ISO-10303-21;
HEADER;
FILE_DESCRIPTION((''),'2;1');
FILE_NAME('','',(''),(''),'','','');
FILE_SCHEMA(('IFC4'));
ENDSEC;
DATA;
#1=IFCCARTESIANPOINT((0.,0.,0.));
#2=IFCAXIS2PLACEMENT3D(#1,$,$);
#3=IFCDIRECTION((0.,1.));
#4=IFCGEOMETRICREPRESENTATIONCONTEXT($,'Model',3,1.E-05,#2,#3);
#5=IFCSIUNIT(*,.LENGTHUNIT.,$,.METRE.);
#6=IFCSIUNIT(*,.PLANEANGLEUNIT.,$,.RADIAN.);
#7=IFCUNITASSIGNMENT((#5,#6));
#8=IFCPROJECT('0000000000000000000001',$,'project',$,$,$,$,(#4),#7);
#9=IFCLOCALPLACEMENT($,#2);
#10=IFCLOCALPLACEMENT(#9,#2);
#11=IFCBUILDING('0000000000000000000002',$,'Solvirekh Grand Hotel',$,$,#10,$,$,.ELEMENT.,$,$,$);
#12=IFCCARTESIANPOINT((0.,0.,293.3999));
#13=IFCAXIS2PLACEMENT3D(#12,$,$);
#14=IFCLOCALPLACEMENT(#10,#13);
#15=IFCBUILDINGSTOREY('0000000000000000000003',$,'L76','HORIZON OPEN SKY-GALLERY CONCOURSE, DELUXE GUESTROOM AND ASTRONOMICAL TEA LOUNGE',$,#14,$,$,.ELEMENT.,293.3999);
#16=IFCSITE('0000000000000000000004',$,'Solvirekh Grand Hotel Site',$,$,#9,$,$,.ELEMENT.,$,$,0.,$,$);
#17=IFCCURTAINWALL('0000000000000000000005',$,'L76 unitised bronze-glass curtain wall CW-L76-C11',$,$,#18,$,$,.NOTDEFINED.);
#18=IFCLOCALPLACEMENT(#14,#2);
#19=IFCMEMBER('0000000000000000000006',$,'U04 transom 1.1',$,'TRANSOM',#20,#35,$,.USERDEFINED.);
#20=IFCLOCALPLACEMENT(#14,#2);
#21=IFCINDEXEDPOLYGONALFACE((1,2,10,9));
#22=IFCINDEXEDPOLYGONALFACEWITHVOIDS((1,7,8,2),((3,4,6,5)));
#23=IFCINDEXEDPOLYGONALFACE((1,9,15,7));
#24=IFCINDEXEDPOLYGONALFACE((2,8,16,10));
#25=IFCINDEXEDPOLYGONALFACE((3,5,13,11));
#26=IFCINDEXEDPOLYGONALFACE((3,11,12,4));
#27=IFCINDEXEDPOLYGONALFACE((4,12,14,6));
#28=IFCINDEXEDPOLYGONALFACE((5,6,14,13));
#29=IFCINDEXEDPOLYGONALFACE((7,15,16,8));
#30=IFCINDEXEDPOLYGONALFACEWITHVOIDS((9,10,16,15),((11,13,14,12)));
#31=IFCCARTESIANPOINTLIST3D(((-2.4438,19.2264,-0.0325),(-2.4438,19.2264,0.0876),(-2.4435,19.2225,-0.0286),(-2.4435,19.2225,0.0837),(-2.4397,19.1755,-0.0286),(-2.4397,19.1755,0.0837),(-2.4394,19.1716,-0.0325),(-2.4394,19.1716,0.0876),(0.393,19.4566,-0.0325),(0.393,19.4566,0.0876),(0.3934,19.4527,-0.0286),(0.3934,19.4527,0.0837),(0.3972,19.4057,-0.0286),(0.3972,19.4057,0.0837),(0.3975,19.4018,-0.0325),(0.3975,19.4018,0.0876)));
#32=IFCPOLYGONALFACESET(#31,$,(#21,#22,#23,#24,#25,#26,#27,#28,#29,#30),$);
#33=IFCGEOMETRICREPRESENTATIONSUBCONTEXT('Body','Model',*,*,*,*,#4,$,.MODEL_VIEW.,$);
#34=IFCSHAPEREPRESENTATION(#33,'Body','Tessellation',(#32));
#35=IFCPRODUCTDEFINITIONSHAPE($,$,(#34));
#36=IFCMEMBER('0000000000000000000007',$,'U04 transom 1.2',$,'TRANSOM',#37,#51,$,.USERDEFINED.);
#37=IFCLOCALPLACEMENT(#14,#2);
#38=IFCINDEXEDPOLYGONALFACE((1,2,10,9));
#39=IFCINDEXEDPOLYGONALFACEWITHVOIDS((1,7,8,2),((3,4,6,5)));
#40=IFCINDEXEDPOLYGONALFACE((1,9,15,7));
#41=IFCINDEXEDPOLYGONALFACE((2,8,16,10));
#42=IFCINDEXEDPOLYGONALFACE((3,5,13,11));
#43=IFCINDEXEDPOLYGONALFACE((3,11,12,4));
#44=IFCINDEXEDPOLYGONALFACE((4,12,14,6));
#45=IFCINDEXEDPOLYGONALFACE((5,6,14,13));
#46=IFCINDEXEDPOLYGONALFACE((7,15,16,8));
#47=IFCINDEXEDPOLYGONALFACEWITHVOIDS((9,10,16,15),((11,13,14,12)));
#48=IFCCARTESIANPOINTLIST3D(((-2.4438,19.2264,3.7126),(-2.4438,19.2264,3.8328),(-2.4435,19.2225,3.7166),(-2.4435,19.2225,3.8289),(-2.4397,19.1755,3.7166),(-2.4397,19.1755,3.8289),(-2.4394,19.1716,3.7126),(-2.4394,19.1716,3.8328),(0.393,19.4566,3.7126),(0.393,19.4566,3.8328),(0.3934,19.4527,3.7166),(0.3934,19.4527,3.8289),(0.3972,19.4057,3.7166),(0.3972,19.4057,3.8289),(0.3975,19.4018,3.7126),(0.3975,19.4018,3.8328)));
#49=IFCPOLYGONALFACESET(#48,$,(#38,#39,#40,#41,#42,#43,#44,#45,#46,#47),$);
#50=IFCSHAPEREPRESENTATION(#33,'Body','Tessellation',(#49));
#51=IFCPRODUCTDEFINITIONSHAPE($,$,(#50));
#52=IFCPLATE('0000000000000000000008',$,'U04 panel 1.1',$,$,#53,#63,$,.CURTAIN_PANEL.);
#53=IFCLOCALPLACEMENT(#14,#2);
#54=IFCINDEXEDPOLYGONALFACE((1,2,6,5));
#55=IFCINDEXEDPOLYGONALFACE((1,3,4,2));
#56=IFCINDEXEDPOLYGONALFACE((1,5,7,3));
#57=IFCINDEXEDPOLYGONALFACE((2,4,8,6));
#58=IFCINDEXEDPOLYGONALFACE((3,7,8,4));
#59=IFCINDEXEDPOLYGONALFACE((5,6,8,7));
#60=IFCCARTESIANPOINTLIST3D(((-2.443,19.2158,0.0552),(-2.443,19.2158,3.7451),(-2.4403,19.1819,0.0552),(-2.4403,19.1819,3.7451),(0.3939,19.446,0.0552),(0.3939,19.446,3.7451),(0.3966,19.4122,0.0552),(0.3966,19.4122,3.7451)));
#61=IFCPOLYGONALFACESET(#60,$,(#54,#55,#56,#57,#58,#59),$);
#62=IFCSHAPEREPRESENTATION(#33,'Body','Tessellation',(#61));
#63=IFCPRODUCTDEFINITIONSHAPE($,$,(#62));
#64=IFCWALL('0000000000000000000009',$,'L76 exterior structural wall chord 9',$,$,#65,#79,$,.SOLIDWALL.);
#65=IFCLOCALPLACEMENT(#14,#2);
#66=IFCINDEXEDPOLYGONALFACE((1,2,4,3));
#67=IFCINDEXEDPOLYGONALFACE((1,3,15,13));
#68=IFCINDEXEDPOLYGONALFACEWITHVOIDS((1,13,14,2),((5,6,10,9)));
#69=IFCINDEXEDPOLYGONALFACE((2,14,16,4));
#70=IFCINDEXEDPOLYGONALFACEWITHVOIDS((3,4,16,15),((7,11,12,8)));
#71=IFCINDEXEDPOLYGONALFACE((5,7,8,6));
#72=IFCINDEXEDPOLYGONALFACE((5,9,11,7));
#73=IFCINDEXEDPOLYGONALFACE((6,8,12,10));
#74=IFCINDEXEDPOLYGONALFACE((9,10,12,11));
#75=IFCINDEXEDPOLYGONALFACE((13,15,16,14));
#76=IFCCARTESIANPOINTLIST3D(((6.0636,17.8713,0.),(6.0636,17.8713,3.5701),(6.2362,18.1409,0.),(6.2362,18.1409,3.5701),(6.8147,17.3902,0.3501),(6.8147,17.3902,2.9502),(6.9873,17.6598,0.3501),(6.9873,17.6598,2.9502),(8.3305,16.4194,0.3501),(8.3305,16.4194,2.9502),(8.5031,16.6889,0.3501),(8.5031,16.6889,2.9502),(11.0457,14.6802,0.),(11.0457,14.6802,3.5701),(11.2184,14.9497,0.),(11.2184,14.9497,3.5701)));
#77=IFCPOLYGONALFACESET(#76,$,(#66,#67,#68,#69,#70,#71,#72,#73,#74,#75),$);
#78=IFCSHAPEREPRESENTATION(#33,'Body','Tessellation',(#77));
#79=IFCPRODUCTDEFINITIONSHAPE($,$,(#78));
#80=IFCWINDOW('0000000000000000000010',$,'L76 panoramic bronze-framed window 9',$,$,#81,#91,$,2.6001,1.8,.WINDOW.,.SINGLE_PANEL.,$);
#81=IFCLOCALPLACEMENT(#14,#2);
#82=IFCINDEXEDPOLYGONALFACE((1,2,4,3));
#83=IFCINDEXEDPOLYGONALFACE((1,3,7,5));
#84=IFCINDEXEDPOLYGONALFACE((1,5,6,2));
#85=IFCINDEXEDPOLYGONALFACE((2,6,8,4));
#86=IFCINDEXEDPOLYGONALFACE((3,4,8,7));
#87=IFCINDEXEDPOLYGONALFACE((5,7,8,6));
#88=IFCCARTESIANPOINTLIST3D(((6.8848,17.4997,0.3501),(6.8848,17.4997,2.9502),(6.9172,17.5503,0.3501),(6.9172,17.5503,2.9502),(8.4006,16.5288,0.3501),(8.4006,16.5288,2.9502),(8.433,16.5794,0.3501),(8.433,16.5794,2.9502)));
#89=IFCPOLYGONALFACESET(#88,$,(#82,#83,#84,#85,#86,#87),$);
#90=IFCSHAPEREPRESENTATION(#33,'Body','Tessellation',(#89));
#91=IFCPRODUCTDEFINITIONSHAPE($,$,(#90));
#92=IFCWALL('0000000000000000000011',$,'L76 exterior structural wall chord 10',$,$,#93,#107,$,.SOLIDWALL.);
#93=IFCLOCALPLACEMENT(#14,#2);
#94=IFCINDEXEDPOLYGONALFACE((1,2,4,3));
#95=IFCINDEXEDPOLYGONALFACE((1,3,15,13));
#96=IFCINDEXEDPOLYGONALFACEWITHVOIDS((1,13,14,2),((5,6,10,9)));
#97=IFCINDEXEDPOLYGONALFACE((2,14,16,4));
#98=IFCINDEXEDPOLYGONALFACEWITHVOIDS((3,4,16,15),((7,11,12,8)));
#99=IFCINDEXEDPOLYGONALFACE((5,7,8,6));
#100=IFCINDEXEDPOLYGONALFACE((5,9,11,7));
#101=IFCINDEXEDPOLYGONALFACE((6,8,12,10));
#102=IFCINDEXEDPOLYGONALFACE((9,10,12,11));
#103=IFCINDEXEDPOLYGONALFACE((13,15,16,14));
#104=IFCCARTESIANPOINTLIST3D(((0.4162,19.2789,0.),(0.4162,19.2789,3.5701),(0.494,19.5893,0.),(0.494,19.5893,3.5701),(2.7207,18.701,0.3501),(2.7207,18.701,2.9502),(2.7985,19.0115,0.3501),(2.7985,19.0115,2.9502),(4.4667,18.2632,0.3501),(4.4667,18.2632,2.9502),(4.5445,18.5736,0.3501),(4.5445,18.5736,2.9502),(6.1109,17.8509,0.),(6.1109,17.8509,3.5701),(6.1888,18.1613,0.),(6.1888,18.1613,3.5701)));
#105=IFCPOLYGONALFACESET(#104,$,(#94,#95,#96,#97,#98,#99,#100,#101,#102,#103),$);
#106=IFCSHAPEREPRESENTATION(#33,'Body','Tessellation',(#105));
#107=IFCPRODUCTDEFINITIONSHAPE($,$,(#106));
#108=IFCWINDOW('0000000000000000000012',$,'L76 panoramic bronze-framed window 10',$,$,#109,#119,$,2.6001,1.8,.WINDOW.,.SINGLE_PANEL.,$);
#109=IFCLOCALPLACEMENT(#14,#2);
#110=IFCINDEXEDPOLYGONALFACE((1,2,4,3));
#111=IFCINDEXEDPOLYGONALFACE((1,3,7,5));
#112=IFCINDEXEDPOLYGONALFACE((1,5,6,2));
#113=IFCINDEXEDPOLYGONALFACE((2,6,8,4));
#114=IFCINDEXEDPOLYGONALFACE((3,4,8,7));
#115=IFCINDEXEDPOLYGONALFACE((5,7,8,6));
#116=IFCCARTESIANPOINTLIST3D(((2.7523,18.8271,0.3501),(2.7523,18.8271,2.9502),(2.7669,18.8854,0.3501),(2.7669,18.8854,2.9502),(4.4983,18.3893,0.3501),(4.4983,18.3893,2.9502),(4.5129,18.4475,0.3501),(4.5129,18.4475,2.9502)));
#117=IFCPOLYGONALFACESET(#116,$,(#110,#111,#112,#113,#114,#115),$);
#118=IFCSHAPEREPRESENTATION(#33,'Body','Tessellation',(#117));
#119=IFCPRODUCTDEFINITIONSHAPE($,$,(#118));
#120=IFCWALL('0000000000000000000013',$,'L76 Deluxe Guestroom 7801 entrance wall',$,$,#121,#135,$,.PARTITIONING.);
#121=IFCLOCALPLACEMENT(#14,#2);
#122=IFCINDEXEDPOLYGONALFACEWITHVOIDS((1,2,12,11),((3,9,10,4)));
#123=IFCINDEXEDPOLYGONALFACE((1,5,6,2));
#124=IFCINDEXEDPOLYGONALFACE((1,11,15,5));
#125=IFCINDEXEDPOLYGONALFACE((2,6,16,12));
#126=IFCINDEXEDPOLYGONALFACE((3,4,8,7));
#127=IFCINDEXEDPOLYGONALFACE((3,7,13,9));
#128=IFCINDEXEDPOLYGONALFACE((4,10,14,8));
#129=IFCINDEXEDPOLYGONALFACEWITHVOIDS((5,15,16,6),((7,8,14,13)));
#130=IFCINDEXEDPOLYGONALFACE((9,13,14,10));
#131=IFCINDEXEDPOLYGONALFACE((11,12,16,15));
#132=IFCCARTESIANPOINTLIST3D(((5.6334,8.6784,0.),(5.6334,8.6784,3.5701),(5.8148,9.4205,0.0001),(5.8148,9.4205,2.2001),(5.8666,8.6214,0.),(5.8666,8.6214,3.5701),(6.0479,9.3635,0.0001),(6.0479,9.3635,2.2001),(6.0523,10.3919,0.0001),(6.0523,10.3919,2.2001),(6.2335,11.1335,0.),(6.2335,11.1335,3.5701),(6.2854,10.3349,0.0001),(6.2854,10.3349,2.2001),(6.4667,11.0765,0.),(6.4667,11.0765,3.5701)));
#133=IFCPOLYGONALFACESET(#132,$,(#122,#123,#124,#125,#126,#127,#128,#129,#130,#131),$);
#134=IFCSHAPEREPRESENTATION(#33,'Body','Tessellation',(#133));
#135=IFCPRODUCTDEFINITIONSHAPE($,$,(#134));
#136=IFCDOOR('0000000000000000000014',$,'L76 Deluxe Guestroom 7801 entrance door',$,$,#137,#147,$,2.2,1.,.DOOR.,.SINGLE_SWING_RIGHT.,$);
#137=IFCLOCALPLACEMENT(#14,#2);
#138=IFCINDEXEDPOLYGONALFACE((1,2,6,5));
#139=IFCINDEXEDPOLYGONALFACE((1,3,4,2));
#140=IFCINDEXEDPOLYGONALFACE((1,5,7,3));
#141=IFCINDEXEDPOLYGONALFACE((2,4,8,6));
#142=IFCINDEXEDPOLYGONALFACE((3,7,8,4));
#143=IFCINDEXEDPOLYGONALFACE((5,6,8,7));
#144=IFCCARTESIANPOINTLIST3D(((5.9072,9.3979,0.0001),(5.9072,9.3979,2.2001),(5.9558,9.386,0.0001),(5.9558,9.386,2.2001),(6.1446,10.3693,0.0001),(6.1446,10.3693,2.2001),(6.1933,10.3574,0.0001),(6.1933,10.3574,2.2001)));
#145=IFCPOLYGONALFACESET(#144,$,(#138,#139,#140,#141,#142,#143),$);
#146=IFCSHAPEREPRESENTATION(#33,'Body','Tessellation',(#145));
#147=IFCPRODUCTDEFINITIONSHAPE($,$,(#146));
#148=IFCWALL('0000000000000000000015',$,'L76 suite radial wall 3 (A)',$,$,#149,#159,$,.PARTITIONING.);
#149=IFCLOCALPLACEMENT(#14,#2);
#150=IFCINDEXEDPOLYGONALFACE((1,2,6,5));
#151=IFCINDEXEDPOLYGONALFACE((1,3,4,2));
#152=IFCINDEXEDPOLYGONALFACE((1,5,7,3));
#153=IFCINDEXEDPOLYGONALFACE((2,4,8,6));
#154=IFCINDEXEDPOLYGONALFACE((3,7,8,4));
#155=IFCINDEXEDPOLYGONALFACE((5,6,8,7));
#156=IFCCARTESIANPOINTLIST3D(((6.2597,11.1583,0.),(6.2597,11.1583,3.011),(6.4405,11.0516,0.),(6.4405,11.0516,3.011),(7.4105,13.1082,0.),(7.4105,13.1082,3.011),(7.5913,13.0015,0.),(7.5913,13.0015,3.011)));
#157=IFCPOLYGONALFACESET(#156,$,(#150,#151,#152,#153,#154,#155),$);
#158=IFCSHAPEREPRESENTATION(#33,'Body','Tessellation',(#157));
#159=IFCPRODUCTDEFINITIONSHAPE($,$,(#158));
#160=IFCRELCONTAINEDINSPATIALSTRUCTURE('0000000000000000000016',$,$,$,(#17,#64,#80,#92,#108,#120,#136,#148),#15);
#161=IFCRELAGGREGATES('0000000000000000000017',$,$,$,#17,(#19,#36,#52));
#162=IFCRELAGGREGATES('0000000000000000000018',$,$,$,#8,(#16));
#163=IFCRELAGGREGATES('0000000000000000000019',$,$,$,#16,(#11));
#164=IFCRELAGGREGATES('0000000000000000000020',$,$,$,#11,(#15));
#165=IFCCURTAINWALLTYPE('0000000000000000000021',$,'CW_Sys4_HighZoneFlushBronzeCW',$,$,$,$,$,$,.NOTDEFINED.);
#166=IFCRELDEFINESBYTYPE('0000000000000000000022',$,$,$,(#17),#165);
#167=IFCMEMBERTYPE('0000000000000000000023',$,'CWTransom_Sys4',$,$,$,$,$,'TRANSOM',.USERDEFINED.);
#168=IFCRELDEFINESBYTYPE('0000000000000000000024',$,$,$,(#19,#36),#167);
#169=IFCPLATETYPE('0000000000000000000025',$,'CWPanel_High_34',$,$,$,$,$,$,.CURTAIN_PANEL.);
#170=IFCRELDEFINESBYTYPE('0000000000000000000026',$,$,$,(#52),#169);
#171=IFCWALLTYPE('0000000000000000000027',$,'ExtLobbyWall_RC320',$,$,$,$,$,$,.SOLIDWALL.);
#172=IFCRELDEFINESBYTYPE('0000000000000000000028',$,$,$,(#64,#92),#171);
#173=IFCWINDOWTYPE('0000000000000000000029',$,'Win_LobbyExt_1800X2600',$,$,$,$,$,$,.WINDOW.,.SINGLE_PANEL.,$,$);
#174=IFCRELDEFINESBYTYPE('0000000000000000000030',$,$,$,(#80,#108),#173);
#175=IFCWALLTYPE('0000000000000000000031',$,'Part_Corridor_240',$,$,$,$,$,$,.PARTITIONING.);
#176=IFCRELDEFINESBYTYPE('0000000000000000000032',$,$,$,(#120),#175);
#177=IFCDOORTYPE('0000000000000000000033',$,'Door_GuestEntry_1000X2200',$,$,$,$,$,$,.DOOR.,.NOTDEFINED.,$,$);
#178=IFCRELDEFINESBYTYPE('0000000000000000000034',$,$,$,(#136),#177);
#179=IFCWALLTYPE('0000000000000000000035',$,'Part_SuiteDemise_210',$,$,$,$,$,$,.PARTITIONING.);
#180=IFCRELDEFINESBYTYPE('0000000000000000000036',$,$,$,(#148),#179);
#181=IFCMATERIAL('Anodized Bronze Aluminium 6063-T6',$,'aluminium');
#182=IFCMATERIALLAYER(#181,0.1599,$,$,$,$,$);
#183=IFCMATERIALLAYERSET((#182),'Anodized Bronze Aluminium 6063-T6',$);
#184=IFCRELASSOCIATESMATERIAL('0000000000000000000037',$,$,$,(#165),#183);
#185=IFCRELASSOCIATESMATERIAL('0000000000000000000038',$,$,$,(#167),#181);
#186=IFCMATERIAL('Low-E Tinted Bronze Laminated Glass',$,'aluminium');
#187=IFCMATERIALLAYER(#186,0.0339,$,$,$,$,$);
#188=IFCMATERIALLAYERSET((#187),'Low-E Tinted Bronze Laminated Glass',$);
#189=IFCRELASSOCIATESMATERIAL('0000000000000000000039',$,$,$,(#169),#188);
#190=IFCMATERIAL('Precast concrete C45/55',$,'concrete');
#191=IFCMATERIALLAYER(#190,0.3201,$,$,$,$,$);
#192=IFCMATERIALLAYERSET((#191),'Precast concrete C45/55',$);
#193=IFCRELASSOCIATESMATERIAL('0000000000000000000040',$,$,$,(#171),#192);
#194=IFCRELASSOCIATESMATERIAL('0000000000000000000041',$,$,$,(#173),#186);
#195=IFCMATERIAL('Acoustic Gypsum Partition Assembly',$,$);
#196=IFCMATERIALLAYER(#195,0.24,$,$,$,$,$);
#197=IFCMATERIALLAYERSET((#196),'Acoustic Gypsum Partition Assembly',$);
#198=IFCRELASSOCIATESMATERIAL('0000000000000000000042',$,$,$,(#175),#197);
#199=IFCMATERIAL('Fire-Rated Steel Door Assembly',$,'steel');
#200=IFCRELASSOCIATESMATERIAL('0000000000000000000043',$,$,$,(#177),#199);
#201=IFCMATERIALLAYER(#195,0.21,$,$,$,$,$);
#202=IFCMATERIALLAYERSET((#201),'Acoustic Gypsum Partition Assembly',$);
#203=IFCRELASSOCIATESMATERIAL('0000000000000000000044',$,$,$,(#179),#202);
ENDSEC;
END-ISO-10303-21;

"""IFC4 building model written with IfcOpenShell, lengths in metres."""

from ifc_helpers import new_model, si_unit, direction, frame, frame_2d, origin, origin_2d, place, context, subcontext, project, spatial, rectangle, hollow_rectangle, extrude, source, transform, mapped, material, layer, layer_set, material_profile, profile_set, type_object, element, fill, aggregate, save


model = new_model("IFC4")

# Units and contexts
model_context = context("Model", 3, precision=1e-05, world=origin(), true_north=direction((0.0, 1.0)))
body_context = subcontext(model_context, "Body", "Model", "MODEL_VIEW")
ifc_project = project(units=[si_unit("LENGTHUNIT", "METRE"), si_unit("PLANEANGLEUNIT", "RADIAN")], contexts=[model_context])

# Site, building, storey
site_placement = place(None, origin())
site = spatial("IfcSite", under=ifc_project, at=site_placement, Name="Solvirekh Grand Hotel Site", CompositionType="ELEMENT", RefElevation=0.0)
building_placement = place(site_placement, origin())
building = spatial("IfcBuilding", under=site, at=building_placement, Name="Solvirekh Grand Hotel", CompositionType="ELEMENT")
storey_placement = place(building_placement, frame((0.0, 0.0, 293.3999)))
storey = spatial("IfcBuildingStorey", under=building, at=storey_placement, Name="L76", Description="HORIZON OPEN SKY-GALLERY CONCOURSE, DELUXE GUESTROOM AND ASTRONOMICAL TEA LOUNGE", CompositionType="ELEMENT", Elevation=293.3999)

# Curtain wall, members, plate
ifc_material_1 = material(Name="Anodized Bronze Aluminium 6063-T6", Category="aluminium")
ifc_layer_1 = layer(ifc_material_1, 0.1599)
ifc_layer_set_1 = layer_set([ifc_layer_1], Name="Anodized Bronze Aluminium 6063-T6")
curtain_wall_type = type_object("IfcCurtainWallType", Name="CW_Sys4_HighZoneFlushBronzeCW", PredefinedType="NOTDEFINED", material=ifc_layer_set_1)
curtain_wall_placement = place(storey_placement, origin())
curtain_wall = element("IfcCurtainWall", 1, at=curtain_wall_placement, inside=storey, type_object=curtain_wall_type, Name="L76 unitised bronze-glass curtain wall CW-L76-C11", PredefinedType="NOTDEFINED")
ifc_material_profile_1 = material_profile(ifc_material_1, hollow_rectangle(XDim=0.0549, YDim=0.1201, WallThickness=0.0039, at=origin_2d()), Name="ALU RHS 120X55X4")
ifc_profile_set_1 = profile_set([ifc_material_profile_1], Name="Anodized Bronze Aluminium 6063-T6")
member_type_1 = type_object("IfcMemberType", Name="CWTransom_Sys4", ElementType="TRANSOM", PredefinedType="USERDEFINED", material=ifc_profile_set_1)
shared_shape_1 = source(origin(), body_context, "Body", "SweptSolid", [
    extrude(hollow_rectangle(XDim=0.0549, YDim=0.1201, WallThickness=0.0039, at=origin_2d()), origin(), (0.0, 0.0, 1.0), 2.8462),
])
member_1_placement = place(storey_placement, frame((0.3953, 19.4292, 0.0276), z_axis=(-0.996723, -0.080887, 0.0), x_axis=(0.080887, -0.996723, 0.0)))
member_1 = element("IfcMember", 2, at=member_1_placement, type_object=member_type_1, Name="U04 transom 1.1", ObjectType="TRANSOM", PredefinedType="USERDEFINED", context=body_context, shape_type="MappedRepresentation", body=[
    mapped(shared_shape_1, transform((0.0, 0.0, 0.0), x_axis=(1.0, 0.0, 0.0), y_axis=(0.0, 1.0, 0.0), z_axis=(0.0, 0.0, 1.0), scale=1.0)),
])
member_2_placement = place(storey_placement, frame((0.3953, 19.4292, 3.7727), z_axis=(-0.996723, -0.080887, 0.0), x_axis=(0.080887, -0.996723, 0.0)))
member_2 = element("IfcMember", 3, at=member_2_placement, type_object=member_type_1, Name="U04 transom 1.2", ObjectType="TRANSOM", PredefinedType="USERDEFINED", context=body_context, shape_type="MappedRepresentation", body=[
    mapped(shared_shape_1, transform((0.0, 0.0, 0.0), x_axis=(1.0, 0.0, 0.0), y_axis=(0.0, 1.0, 0.0), z_axis=(0.0, 0.0, 1.0), scale=1.0)),
])
ifc_material_2 = material(Name="Low-E Tinted Bronze Laminated Glass", Category="aluminium")
ifc_layer_2 = layer(ifc_material_2, 0.0339)
ifc_layer_set_2 = layer_set([ifc_layer_2], Name="Low-E Tinted Bronze Laminated Glass")
plate_type = type_object("IfcPlateType", Name="CWPanel_High_34", PredefinedType="CURTAIN_PANEL", material=ifc_layer_set_2)
shared_shape_2 = source(origin(), body_context, "Body", "SweptSolid", [
    extrude(rectangle(XDim=2.8462, YDim=0.0339, at=origin_2d()), origin(), (0.0, 0.0, 1.0), 3.6899),
])
plate_placement = place(storey_placement, frame((-1.0232, 19.314, 0.0552), z_axis=(0.0, 0.0, 1.0), x_axis=(-0.996723, -0.080889, 0.0)))
plate = element("IfcPlate", 4, at=plate_placement, type_object=plate_type, Name="U04 panel 1.1", PredefinedType="CURTAIN_PANEL", context=body_context, shape_type="MappedRepresentation", body=[
    mapped(shared_shape_2, transform((0.0, 0.0, 0.0), x_axis=(1.0, 0.0, 0.0), y_axis=(0.0, 1.0, 0.0), z_axis=(0.0, 0.0, 1.0), scale=1.0)),
])
aggregate(curtain_wall, [member_1, member_2, plate])

# Walls, openings, windows
ifc_material_3 = material(Name="Precast concrete C45/55", Category="concrete")
ifc_layer_3 = layer(ifc_material_3, 0.3201)
ifc_layer_set_3 = layer_set([ifc_layer_3], Name="Precast concrete C45/55")
wall_type_1 = type_object("IfcWallType", Name="ExtLobbyWall_RC320", PredefinedType="SOLIDWALL", material=ifc_layer_set_3)
wall_1_placement = place(storey_placement, frame((6.1499, 18.0061, 0.0), z_axis=(0.0, 0.0, 1.0), x_axis=(0.842074, -0.539362, 0.0)))
wall_1 = element("IfcWall", 5, at=wall_1_placement, inside=storey, type_object=wall_type_1, Name="L76 exterior structural wall chord 9", PredefinedType="SOLIDWALL", context=body_context, shape_type="SweptSolid", body=[
    extrude(rectangle(XDim=5.9165, YDim=0.3201, at=frame_2d((2.9583, 0.0))), origin(), (0.0, 0.0, 1.0), 3.5701),
])
opening_1_placement = place(wall_1_placement, frame((0.8921, 0.0, 0.3501)))
opening_1 = element("IfcOpeningElement", 6, at=opening_1_placement, cuts=wall_1, PredefinedType="OPENING", context=body_context, shape_type="SweptSolid", body=[
    extrude(rectangle(XDim=1.8, YDim=2.6001, at=frame_2d((0.8999, 1.3))), frame((0.0, 0.1699, 0.0), z_axis=(0.0, -1.0, 0.0), x_axis=(1.0, 0.0, 0.0)), (0.0, 0.0, 1.0), 0.3401),
])
window_type = type_object("IfcWindowType", Name="Win_LobbyExt_1800X2600", PartitioningType="SINGLE_PANEL", PredefinedType="WINDOW", material=ifc_material_2)
window_1_placement = place(opening_1_placement, origin())
window_1 = element("IfcWindow", 7, at=window_1_placement, inside=storey, type_object=window_type, Name="L76 panoramic bronze-framed window 9", OverallHeight=2.6001, OverallWidth=1.8, PartitioningType="SINGLE_PANEL", PredefinedType="WINDOW", context=body_context, shape_type="SweptSolid", body=[
    extrude(rectangle(XDim=1.8, YDim=2.6001, at=frame_2d((0.8999, 1.3))), frame((0.0, 0.03, 0.0), z_axis=(0.0, -1.0, 0.0), x_axis=(1.0, 0.0, 0.0)), (0.0, 0.0, 1.0), 0.0601),
])
fill(opening_1, window_1)
wall_2_placement = place(storey_placement, frame((0.4551, 19.4341, 0.0), z_axis=(0.0, 0.0, 1.0), x_axis=(0.969971, -0.24322, 0.0)))
wall_2 = element("IfcWall", 8, at=wall_2_placement, inside=storey, type_object=wall_type_1, Name="L76 exterior structural wall chord 10", PredefinedType="SOLIDWALL", context=body_context, shape_type="SweptSolid", body=[
    extrude(rectangle(XDim=5.8711, YDim=0.3201, at=frame_2d((2.9355, 0.0))), origin(), (0.0, 0.0, 1.0), 3.5701),
])
opening_2_placement = place(wall_2_placement, frame((2.376, 0.0, 0.3501)))
opening_2 = element("IfcOpeningElement", 9, at=opening_2_placement, cuts=wall_2, PredefinedType="OPENING", context=body_context, shape_type="SweptSolid", body=[
    extrude(rectangle(XDim=1.8, YDim=2.6001, at=frame_2d((0.8999, 1.3))), frame((0.0, 0.1699, 0.0), z_axis=(0.0, -1.0, 0.0), x_axis=(1.0, 0.0, 0.0)), (0.0, 0.0, 1.0), 0.3401),
])
window_2_placement = place(opening_2_placement, origin())
window_2 = element("IfcWindow", 10, at=window_2_placement, inside=storey, type_object=window_type, Name="L76 panoramic bronze-framed window 10", OverallHeight=2.6001, OverallWidth=1.8, PartitioningType="SINGLE_PANEL", PredefinedType="WINDOW", context=body_context, shape_type="SweptSolid", body=[
    extrude(rectangle(XDim=1.8, YDim=2.6001, at=frame_2d((0.8999, 1.3))), frame((0.0, 0.03, 0.0), z_axis=(0.0, -1.0, 0.0), x_axis=(1.0, 0.0, 0.0)), (0.0, 0.0, 1.0), 0.0601),
])
fill(opening_2, window_2)

# Wall, opening, door
ifc_material_4 = material(Name="Acoustic Gypsum Partition Assembly")
ifc_layer_4 = layer(ifc_material_4, 0.24)
ifc_layer_set_4 = layer_set([ifc_layer_4], Name="Acoustic Gypsum Partition Assembly")
wall_type_2 = type_object("IfcWallType", Name="Part_Corridor_240", PredefinedType="PARTITIONING", material=ifc_layer_set_4)
wall_3_placement = place(storey_placement, frame((5.75, 8.6499, 0.0), z_axis=(0.0, 0.0, 1.0), x_axis=(0.237441, 0.971402, 0.0)))
wall_3 = element("IfcWall", 11, at=wall_3_placement, inside=storey, type_object=wall_type_2, Name="L76 Deluxe Guestroom 7801 entrance wall", PredefinedType="PARTITIONING", context=body_context, shape_type="SweptSolid", body=[
    extrude(rectangle(XDim=2.5273, YDim=0.24, at=frame_2d((1.2637, 0.0))), origin(), (0.0, 0.0, 1.0), 3.5701),
])
opening_3_placement = place(wall_3_placement, frame((0.7639, 0.0, 0.0)))
opening_3 = element("IfcOpeningElement", 12, at=opening_3_placement, cuts=wall_3, PredefinedType="OPENING", context=body_context, shape_type="SweptSolid", body=[
    extrude(rectangle(XDim=1.0, YDim=2.2, at=frame_2d((0.5, 1.1001))), frame((0.0, 0.1299, 0.0), z_axis=(0.0, -1.0, 0.0), x_axis=(1.0, 0.0, 0.0)), (0.0, 0.0, 1.0), 0.26),
])
ifc_material_5 = material(Name="Fire-Rated Steel Door Assembly", Category="steel")
door_type_1 = type_object("IfcDoorType", Name="Door_GuestEntry_1000X2200", OperationType="NOTDEFINED", PredefinedType="DOOR", material=ifc_material_5)
door_1_placement = place(opening_3_placement, origin())
door_1 = element("IfcDoor", 13, at=door_1_placement, inside=storey, type_object=door_type_1, Name="L76 Deluxe Guestroom 7801 entrance door", OperationType="SINGLE_SWING_RIGHT", OverallHeight=2.2, OverallWidth=1.0, PredefinedType="DOOR", context=body_context, shape_type="SweptSolid", body=[
    extrude(rectangle(XDim=1.0, YDim=2.2, at=frame_2d((0.5, 1.1001))), frame((0.0, 0.0249, 0.0), z_axis=(0.0, -1.0, 0.0), x_axis=(1.0, 0.0, 0.0)), (0.0, 0.0, 1.0), 0.05),
])
fill(opening_3, door_1)

# Wall
ifc_layer_5 = layer(ifc_material_4, 0.21)
ifc_layer_set_5 = layer_set([ifc_layer_5], Name="Acoustic Gypsum Partition Assembly")
wall_type_3 = type_object("IfcWallType", Name="Part_SuiteDemise_210", PredefinedType="PARTITIONING", material=ifc_layer_set_5)
wall_4_placement = place(storey_placement, frame((6.3501, 11.105, 0.0), z_axis=(0.0, 0.0, 1.0), x_axis=(0.508282, 0.86119, 0.0)))
element("IfcWall", 14, at=wall_4_placement, inside=storey, type_object=wall_type_3, Name="L76 suite radial wall 3 (A)", PredefinedType="PARTITIONING", context=body_context, shape_type="SweptSolid", body=[
    extrude(rectangle(XDim=2.2642, YDim=0.21, at=frame_2d((1.1321, 0.0))), origin(), (0.0, 0.0, 1.0), 3.011),
])

save(model, "model.ifc")
